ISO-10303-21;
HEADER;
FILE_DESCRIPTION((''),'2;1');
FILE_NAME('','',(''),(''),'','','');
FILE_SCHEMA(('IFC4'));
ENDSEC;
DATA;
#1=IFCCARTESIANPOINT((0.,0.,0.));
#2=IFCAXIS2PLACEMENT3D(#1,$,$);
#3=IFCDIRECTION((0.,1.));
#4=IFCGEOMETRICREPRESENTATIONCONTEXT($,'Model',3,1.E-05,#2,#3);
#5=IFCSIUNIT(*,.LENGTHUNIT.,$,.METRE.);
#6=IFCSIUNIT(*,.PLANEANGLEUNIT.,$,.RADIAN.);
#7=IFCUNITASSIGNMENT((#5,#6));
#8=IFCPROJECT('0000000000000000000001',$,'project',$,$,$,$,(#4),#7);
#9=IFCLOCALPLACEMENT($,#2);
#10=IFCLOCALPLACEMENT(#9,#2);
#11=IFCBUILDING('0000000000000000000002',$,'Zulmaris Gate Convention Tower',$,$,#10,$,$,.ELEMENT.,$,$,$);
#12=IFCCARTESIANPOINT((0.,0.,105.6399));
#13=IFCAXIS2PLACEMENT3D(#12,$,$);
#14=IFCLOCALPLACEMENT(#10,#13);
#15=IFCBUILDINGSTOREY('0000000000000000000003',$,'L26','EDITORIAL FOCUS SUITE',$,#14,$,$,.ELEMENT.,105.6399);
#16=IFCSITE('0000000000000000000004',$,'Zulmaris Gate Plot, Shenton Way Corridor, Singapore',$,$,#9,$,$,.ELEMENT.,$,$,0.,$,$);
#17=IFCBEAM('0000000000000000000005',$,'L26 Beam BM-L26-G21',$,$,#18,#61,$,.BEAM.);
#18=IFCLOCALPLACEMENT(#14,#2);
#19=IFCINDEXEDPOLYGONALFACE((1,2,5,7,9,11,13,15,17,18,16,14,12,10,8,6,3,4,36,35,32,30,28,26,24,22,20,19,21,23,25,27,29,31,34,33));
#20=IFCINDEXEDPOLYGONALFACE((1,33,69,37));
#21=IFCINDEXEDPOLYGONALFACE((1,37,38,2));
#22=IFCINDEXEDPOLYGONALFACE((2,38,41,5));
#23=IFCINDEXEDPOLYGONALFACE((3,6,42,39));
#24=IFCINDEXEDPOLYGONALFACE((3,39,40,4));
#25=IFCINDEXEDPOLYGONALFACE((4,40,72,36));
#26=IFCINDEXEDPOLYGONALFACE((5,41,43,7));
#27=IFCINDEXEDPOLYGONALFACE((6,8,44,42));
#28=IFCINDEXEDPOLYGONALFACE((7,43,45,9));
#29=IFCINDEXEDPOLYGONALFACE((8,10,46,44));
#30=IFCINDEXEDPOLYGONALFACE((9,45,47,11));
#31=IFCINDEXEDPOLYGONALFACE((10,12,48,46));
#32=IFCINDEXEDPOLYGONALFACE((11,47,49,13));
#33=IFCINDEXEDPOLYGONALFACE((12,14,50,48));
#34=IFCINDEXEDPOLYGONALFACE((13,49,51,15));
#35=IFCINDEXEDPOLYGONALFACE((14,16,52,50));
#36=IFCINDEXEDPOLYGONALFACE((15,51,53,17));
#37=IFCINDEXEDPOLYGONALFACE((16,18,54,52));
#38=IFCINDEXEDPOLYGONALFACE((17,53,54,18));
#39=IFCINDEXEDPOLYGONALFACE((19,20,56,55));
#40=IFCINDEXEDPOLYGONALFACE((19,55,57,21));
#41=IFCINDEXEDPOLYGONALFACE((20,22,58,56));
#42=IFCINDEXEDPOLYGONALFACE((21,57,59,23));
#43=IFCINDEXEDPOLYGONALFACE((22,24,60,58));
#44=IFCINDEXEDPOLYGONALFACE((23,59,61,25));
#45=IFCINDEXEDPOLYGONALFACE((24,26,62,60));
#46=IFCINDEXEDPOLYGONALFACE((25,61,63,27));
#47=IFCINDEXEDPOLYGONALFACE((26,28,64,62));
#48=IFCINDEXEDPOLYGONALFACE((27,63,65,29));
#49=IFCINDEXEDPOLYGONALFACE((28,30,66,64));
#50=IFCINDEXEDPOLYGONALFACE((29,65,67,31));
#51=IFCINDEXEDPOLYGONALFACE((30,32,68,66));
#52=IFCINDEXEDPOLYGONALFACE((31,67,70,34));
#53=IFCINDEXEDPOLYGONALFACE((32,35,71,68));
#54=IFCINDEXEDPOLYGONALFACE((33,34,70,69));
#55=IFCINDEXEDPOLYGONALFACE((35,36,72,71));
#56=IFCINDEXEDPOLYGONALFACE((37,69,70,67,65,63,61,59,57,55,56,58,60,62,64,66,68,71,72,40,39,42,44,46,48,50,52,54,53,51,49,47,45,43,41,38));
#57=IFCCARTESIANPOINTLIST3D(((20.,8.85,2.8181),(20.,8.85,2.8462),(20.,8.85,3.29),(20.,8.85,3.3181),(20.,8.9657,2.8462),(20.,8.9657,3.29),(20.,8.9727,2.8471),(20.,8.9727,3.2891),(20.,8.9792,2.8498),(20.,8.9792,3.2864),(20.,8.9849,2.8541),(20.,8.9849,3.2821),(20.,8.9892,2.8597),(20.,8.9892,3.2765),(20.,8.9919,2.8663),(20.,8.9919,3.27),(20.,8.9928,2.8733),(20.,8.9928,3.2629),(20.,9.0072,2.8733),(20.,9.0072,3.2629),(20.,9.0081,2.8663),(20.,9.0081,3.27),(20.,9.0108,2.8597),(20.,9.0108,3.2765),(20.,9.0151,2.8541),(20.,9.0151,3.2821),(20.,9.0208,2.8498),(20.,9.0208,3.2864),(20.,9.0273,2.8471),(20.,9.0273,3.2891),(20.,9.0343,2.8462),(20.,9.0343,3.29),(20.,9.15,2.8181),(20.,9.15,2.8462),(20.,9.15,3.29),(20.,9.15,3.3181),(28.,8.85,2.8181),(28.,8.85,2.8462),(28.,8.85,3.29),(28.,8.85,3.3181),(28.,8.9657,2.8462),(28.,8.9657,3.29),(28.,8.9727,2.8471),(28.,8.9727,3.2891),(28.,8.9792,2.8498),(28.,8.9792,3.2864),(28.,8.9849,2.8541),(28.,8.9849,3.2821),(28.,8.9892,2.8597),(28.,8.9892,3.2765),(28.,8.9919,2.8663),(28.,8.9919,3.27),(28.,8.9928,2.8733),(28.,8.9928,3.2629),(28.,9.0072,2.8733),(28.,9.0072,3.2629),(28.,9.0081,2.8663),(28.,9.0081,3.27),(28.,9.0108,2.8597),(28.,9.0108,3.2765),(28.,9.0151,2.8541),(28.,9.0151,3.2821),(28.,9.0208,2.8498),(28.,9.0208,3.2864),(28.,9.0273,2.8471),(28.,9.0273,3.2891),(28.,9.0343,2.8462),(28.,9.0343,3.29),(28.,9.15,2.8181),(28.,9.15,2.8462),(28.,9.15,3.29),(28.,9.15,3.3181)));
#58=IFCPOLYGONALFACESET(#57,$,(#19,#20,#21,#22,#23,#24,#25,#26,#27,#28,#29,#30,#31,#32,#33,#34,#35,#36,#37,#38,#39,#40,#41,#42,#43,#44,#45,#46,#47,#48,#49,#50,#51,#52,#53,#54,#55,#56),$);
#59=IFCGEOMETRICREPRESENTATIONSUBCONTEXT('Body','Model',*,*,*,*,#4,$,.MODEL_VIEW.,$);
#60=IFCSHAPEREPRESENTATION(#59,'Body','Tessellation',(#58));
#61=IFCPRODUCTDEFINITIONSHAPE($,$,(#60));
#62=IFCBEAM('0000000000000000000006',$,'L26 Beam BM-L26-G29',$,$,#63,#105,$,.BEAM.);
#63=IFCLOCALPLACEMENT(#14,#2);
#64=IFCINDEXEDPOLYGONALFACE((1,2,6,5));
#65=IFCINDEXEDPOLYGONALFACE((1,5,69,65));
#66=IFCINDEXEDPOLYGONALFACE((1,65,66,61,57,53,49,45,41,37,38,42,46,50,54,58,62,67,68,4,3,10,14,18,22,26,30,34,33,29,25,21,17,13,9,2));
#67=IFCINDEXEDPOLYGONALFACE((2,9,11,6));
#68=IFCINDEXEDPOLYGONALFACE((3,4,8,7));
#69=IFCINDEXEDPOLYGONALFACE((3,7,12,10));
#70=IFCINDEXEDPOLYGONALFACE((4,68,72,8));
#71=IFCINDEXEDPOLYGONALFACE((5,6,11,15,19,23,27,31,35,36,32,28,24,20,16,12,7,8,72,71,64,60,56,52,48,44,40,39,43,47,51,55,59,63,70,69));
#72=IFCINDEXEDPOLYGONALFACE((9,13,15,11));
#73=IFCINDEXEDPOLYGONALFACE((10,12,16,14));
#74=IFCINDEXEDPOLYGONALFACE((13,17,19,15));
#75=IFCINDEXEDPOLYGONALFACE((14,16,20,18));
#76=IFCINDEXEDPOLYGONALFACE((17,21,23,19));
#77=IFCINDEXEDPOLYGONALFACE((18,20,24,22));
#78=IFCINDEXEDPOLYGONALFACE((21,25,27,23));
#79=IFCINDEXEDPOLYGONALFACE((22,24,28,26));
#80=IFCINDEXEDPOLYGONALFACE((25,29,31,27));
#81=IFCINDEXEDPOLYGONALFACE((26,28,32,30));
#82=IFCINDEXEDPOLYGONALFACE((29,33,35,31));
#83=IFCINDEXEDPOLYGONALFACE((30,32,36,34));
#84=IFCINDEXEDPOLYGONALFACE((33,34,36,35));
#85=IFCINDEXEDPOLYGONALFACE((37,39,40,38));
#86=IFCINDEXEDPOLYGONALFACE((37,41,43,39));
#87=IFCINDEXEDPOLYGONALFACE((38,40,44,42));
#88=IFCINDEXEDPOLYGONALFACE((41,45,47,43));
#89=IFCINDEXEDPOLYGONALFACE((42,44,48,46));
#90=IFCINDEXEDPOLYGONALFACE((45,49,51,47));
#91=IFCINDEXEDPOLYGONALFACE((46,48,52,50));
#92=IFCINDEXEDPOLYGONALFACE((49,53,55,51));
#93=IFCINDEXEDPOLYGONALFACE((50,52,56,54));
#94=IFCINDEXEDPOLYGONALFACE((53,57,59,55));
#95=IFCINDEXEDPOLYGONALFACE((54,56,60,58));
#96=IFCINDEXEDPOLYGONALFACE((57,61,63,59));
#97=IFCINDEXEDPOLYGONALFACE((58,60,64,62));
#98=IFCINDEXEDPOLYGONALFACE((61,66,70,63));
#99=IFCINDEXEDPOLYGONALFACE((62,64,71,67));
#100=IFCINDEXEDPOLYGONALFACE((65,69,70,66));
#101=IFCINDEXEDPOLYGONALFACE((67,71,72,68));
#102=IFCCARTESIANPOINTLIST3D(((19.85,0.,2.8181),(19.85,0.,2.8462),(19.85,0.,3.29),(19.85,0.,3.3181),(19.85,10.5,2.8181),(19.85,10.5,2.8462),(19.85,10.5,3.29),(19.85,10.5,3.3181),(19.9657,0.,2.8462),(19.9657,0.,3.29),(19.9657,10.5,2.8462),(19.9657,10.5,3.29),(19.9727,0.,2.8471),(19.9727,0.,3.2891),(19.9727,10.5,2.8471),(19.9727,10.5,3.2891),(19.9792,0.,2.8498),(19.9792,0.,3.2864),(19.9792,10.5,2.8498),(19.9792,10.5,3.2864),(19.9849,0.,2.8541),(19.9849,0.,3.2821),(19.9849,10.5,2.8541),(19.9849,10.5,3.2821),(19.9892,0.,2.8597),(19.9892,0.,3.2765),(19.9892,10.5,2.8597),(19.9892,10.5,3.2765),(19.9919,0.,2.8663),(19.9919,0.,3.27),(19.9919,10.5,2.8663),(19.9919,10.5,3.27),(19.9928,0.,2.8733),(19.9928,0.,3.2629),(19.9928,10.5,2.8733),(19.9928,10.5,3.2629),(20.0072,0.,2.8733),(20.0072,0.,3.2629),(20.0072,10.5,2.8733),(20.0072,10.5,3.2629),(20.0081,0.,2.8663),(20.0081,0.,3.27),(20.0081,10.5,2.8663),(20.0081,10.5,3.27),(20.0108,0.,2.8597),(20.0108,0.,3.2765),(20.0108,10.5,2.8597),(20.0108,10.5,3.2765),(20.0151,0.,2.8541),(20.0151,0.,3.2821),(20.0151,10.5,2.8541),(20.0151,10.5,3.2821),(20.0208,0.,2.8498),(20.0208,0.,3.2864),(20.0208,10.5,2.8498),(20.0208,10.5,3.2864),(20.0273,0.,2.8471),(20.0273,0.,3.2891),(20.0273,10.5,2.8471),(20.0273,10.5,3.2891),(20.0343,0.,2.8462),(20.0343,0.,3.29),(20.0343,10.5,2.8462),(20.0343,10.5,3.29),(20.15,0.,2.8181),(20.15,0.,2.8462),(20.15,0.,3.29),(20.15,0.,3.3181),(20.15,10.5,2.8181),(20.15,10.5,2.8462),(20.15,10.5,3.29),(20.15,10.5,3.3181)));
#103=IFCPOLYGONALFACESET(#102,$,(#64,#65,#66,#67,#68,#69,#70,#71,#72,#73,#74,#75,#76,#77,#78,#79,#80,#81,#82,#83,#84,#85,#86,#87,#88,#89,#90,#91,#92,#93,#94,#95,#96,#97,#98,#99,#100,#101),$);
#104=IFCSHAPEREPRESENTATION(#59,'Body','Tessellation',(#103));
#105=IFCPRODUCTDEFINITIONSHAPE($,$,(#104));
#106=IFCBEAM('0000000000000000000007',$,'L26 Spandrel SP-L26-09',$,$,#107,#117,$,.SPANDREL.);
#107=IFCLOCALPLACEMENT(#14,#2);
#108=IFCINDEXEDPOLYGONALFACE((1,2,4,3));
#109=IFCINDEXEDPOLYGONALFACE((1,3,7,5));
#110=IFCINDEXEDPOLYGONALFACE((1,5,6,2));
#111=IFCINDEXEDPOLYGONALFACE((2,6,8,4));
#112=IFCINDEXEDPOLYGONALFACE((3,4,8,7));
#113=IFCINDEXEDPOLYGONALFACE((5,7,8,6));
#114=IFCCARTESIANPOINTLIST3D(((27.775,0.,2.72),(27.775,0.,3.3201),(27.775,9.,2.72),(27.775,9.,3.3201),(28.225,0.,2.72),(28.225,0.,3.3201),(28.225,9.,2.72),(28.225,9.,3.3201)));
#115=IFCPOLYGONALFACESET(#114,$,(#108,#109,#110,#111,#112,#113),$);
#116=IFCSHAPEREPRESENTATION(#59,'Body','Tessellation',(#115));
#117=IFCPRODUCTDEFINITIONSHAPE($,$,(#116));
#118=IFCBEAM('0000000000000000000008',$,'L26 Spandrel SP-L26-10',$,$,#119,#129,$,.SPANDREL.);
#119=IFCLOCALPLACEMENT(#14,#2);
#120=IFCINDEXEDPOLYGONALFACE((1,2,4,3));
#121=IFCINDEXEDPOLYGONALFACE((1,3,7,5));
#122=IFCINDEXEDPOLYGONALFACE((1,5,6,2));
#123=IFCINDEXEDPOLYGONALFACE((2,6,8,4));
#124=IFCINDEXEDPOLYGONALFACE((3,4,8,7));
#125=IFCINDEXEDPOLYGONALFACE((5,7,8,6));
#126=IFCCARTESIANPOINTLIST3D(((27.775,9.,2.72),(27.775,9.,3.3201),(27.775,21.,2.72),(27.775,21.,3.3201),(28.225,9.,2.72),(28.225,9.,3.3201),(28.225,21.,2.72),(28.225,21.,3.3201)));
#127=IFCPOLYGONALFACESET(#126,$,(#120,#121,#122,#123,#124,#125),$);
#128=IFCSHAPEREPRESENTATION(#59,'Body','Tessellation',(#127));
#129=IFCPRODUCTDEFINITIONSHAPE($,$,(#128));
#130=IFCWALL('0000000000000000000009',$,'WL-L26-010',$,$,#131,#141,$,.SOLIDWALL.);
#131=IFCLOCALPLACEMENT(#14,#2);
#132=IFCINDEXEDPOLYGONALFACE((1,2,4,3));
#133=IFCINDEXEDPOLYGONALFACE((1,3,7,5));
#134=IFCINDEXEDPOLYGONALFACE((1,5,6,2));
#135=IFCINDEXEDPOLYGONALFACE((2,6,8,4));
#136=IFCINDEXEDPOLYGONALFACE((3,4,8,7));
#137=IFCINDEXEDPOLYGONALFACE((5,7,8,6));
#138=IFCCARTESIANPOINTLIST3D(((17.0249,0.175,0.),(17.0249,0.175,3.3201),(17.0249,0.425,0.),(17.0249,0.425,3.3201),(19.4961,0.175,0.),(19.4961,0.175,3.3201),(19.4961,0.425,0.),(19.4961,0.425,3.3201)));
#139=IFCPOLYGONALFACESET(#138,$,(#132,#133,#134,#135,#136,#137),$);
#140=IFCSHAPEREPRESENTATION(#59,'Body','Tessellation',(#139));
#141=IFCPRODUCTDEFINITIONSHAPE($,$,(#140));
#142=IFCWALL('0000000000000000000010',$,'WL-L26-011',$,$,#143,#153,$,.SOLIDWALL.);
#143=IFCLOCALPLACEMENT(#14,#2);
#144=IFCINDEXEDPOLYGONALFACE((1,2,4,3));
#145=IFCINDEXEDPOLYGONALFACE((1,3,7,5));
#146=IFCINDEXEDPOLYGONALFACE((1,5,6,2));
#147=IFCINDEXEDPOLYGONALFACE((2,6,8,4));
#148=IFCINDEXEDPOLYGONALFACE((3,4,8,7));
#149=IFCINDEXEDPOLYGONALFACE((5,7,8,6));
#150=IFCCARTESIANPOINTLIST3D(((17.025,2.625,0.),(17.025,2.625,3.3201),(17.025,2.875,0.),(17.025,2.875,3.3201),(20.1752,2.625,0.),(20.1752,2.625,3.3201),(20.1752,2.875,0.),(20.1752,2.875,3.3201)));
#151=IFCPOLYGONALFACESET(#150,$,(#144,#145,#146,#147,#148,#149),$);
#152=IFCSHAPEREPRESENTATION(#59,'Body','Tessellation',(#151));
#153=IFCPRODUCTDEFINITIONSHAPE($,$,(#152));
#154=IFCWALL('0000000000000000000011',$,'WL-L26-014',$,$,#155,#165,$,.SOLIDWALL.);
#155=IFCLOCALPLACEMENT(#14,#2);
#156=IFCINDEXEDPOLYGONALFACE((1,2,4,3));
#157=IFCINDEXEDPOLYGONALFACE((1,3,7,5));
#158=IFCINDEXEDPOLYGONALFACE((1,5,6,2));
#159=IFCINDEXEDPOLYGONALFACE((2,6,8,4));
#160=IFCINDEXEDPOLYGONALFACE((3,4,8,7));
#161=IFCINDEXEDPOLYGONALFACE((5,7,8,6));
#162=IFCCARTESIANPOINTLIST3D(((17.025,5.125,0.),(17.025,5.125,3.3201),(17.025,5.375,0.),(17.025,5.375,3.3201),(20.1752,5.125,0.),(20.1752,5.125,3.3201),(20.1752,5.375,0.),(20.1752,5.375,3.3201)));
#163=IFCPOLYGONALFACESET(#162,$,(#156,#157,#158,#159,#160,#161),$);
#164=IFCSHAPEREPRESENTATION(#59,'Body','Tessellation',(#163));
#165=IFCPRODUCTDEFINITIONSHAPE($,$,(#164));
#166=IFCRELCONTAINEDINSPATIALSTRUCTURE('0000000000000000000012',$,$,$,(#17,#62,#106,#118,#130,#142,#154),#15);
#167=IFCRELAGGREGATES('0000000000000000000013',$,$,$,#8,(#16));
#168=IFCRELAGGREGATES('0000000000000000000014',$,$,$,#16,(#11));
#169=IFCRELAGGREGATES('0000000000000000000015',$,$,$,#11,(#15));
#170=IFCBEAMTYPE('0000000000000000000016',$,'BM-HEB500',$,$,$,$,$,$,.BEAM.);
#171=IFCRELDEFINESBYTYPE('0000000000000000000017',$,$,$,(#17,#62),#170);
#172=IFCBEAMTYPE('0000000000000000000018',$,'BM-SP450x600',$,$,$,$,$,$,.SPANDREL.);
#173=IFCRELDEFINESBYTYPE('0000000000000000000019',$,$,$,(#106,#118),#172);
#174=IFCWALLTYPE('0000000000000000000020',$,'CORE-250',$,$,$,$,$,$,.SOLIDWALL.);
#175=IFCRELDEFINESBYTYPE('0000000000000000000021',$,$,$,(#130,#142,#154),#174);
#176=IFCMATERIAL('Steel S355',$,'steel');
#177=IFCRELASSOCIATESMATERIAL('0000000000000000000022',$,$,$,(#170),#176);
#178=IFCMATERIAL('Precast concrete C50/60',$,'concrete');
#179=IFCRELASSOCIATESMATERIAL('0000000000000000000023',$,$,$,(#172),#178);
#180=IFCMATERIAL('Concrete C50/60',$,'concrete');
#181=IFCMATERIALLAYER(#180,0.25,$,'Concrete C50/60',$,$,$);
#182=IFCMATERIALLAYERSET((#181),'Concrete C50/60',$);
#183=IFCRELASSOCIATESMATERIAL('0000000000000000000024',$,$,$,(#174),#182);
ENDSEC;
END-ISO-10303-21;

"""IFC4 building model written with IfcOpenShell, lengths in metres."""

from ifc_helpers import new_model, si_unit, direction, frame, frame_2d, origin, origin_2d, place, context, subcontext, project, spatial, rectangle, i_section, extrude, material, layer, layer_set, material_profile, profile_set, type_object, element, save


model = new_model("IFC4")

# Units and contexts
model_context = context("Model", 3, precision=1e-05, world=origin(), true_north=direction((0.0, 1.0)))
body_context = subcontext(model_context, "Body", "Model", "MODEL_VIEW")
ifc_project = project(units=[si_unit("LENGTHUNIT", "METRE"), si_unit("PLANEANGLEUNIT", "RADIAN")], contexts=[model_context])

# Site, building, storey
site_placement = place(None, origin())
site = spatial("IfcSite", under=ifc_project, at=site_placement, Name="Zulmaris Gate Plot, Shenton Way Corridor, Singapore", CompositionType="ELEMENT", RefElevation=0.0)
building_placement = place(site_placement, origin())
building = spatial("IfcBuilding", under=site, at=building_placement, Name="Zulmaris Gate Convention Tower", CompositionType="ELEMENT")
storey_placement = place(building_placement, frame((0.0, 0.0, 105.6399)))
storey = spatial("IfcBuildingStorey", under=building, at=storey_placement, Name="L26", Description="EDITORIAL FOCUS SUITE", CompositionType="ELEMENT", Elevation=105.6399)

# Beams
ifc_material_1 = material(Name="Steel S355", Category="steel")
ifc_material_profile_1 = material_profile(ifc_material_1, i_section(OverallWidth=0.3, OverallDepth=0.5, WebThickness=0.0144, FlangeThickness=0.0281, FilletRadius=0.0271, at=origin_2d()), Name="HEB 500")
ifc_profile_set_1 = profile_set([ifc_material_profile_1], Name="Steel S355")
beam_type_1 = type_object("IfcBeamType", Name="BM-HEB500", PredefinedType="BEAM", material=ifc_profile_set_1)
for number, where, z_axis, x_axis, name in (
    (1, (20.0, 9.0, 3.0681), (1.0, 0.0, 0.0), (0.0, 1.0, 0.0), "L26 Beam BM-L26-G21"),
):
    element("IfcBeam", number, at=place(storey_placement, frame(where, z_axis=z_axis, x_axis=x_axis)), inside=storey, type_object=beam_type_1, Name=name, PredefinedType="BEAM", context=body_context, shape_type="SweptSolid", body=[
        extrude(i_section(OverallWidth=0.3, OverallDepth=0.5, WebThickness=0.0144, FlangeThickness=0.0281, FilletRadius=0.0271, at=origin_2d()), origin(), (0.0, 0.0, 1.0), 8.0),
    ])
beam_1_placement = place(storey_placement, frame((20.0, 0.0, 3.0681), z_axis=(0.0, 1.0, 0.0), x_axis=(-1.0, 0.0, 0.0)))
element("IfcBeam", 2, at=beam_1_placement, inside=storey, type_object=beam_type_1, Name="L26 Beam BM-L26-G29", PredefinedType="BEAM", context=body_context, shape_type="SweptSolid", body=[
    extrude(i_section(OverallWidth=0.3, OverallDepth=0.5, WebThickness=0.0144, FlangeThickness=0.0281, FilletRadius=0.0271, at=origin_2d()), origin(), (0.0, 0.0, 1.0), 10.5),
])
ifc_material_2 = material(Name="Precast concrete C50/60", Category="concrete")
ifc_material_profile_2 = material_profile(ifc_material_2, rectangle(XDim=0.45, YDim=0.6001, at=origin_2d()), Name="RC SPANDREL 450x600")
ifc_profile_set_2 = profile_set([ifc_material_profile_2], Name="Precast concrete C50/60")
beam_type_2 = type_object("IfcBeamType", Name="BM-SP450x600", PredefinedType="SPANDREL", material=ifc_profile_set_2)
beam_2_placement = place(storey_placement, frame((28.0, 0.0, 3.02), z_axis=(0.0, 1.0, 0.0), x_axis=(-1.0, 0.0, 0.0)))
element("IfcBeam", 3, at=beam_2_placement, inside=storey, type_object=beam_type_2, Name="L26 Spandrel SP-L26-09", PredefinedType="SPANDREL", context=body_context, shape_type="SweptSolid", body=[
    extrude(rectangle(XDim=0.45, YDim=0.6001, at=origin_2d()), origin(), (0.0, 0.0, 1.0), 9.0),
])
beam_3_placement = place(storey_placement, frame((28.0, 9.0, 3.02), z_axis=(0.0, 1.0, 0.0), x_axis=(-1.0, 0.0, 0.0)))
element("IfcBeam", 4, at=beam_3_placement, inside=storey, type_object=beam_type_2, Name="L26 Spandrel SP-L26-10", PredefinedType="SPANDREL", context=body_context, shape_type="SweptSolid", body=[
    extrude(rectangle(XDim=0.45, YDim=0.6001, at=origin_2d()), origin(), (0.0, 0.0, 1.0), 12.0),
])

# Walls
ifc_material_3 = material(Name="Concrete C50/60", Category="concrete")
ifc_layer_1 = layer(ifc_material_3, 0.25, Name="Concrete C50/60")
ifc_layer_set_1 = layer_set([ifc_layer_1], Name="Concrete C50/60")
wall_type_1 = type_object("IfcWallType", Name="CORE-250", PredefinedType="SOLIDWALL", material=ifc_layer_set_1)
wall_1_placement = place(storey_placement, frame((17.0249, 0.3, 0.0), z_axis=(0.0, 0.0, 1.0), x_axis=(1.0, 0.0, 0.0)))
element("IfcWall", 5, at=wall_1_placement, inside=storey, type_object=wall_type_1, Name="WL-L26-010", PredefinedType="SOLIDWALL", context=body_context, shape_type="SweptSolid", body=[
    extrude(rectangle(XDim=2.4712, YDim=0.25, at=frame_2d((1.2356, 0.0))), origin(), (0.0, 0.0, 1.0), 3.3201),
])
for number, where, z_axis, x_axis, name in (
    (6, (17.0249, 2.75, 0.0), (0.0, 0.0, 1.0), (1.0, 0.0, 0.0), "WL-L26-011"),
    (7, (17.0249, 5.25, 0.0), (0.0, 0.0, 1.0), (1.0, 0.0, 0.0), "WL-L26-014"),
):
    element("IfcWall", number, at=place(storey_placement, frame(where, z_axis=z_axis, x_axis=x_axis)), inside=storey, type_object=wall_type_1, Name=name, PredefinedType="SOLIDWALL", context=body_context, shape_type="SweptSolid", body=[
        extrude(rectangle(XDim=3.1501, YDim=0.25, at=frame_2d((1.5752, 0.0))), origin(), (0.0, 0.0, 1.0), 3.3201),
    ])

save(model, "model.ifc")
